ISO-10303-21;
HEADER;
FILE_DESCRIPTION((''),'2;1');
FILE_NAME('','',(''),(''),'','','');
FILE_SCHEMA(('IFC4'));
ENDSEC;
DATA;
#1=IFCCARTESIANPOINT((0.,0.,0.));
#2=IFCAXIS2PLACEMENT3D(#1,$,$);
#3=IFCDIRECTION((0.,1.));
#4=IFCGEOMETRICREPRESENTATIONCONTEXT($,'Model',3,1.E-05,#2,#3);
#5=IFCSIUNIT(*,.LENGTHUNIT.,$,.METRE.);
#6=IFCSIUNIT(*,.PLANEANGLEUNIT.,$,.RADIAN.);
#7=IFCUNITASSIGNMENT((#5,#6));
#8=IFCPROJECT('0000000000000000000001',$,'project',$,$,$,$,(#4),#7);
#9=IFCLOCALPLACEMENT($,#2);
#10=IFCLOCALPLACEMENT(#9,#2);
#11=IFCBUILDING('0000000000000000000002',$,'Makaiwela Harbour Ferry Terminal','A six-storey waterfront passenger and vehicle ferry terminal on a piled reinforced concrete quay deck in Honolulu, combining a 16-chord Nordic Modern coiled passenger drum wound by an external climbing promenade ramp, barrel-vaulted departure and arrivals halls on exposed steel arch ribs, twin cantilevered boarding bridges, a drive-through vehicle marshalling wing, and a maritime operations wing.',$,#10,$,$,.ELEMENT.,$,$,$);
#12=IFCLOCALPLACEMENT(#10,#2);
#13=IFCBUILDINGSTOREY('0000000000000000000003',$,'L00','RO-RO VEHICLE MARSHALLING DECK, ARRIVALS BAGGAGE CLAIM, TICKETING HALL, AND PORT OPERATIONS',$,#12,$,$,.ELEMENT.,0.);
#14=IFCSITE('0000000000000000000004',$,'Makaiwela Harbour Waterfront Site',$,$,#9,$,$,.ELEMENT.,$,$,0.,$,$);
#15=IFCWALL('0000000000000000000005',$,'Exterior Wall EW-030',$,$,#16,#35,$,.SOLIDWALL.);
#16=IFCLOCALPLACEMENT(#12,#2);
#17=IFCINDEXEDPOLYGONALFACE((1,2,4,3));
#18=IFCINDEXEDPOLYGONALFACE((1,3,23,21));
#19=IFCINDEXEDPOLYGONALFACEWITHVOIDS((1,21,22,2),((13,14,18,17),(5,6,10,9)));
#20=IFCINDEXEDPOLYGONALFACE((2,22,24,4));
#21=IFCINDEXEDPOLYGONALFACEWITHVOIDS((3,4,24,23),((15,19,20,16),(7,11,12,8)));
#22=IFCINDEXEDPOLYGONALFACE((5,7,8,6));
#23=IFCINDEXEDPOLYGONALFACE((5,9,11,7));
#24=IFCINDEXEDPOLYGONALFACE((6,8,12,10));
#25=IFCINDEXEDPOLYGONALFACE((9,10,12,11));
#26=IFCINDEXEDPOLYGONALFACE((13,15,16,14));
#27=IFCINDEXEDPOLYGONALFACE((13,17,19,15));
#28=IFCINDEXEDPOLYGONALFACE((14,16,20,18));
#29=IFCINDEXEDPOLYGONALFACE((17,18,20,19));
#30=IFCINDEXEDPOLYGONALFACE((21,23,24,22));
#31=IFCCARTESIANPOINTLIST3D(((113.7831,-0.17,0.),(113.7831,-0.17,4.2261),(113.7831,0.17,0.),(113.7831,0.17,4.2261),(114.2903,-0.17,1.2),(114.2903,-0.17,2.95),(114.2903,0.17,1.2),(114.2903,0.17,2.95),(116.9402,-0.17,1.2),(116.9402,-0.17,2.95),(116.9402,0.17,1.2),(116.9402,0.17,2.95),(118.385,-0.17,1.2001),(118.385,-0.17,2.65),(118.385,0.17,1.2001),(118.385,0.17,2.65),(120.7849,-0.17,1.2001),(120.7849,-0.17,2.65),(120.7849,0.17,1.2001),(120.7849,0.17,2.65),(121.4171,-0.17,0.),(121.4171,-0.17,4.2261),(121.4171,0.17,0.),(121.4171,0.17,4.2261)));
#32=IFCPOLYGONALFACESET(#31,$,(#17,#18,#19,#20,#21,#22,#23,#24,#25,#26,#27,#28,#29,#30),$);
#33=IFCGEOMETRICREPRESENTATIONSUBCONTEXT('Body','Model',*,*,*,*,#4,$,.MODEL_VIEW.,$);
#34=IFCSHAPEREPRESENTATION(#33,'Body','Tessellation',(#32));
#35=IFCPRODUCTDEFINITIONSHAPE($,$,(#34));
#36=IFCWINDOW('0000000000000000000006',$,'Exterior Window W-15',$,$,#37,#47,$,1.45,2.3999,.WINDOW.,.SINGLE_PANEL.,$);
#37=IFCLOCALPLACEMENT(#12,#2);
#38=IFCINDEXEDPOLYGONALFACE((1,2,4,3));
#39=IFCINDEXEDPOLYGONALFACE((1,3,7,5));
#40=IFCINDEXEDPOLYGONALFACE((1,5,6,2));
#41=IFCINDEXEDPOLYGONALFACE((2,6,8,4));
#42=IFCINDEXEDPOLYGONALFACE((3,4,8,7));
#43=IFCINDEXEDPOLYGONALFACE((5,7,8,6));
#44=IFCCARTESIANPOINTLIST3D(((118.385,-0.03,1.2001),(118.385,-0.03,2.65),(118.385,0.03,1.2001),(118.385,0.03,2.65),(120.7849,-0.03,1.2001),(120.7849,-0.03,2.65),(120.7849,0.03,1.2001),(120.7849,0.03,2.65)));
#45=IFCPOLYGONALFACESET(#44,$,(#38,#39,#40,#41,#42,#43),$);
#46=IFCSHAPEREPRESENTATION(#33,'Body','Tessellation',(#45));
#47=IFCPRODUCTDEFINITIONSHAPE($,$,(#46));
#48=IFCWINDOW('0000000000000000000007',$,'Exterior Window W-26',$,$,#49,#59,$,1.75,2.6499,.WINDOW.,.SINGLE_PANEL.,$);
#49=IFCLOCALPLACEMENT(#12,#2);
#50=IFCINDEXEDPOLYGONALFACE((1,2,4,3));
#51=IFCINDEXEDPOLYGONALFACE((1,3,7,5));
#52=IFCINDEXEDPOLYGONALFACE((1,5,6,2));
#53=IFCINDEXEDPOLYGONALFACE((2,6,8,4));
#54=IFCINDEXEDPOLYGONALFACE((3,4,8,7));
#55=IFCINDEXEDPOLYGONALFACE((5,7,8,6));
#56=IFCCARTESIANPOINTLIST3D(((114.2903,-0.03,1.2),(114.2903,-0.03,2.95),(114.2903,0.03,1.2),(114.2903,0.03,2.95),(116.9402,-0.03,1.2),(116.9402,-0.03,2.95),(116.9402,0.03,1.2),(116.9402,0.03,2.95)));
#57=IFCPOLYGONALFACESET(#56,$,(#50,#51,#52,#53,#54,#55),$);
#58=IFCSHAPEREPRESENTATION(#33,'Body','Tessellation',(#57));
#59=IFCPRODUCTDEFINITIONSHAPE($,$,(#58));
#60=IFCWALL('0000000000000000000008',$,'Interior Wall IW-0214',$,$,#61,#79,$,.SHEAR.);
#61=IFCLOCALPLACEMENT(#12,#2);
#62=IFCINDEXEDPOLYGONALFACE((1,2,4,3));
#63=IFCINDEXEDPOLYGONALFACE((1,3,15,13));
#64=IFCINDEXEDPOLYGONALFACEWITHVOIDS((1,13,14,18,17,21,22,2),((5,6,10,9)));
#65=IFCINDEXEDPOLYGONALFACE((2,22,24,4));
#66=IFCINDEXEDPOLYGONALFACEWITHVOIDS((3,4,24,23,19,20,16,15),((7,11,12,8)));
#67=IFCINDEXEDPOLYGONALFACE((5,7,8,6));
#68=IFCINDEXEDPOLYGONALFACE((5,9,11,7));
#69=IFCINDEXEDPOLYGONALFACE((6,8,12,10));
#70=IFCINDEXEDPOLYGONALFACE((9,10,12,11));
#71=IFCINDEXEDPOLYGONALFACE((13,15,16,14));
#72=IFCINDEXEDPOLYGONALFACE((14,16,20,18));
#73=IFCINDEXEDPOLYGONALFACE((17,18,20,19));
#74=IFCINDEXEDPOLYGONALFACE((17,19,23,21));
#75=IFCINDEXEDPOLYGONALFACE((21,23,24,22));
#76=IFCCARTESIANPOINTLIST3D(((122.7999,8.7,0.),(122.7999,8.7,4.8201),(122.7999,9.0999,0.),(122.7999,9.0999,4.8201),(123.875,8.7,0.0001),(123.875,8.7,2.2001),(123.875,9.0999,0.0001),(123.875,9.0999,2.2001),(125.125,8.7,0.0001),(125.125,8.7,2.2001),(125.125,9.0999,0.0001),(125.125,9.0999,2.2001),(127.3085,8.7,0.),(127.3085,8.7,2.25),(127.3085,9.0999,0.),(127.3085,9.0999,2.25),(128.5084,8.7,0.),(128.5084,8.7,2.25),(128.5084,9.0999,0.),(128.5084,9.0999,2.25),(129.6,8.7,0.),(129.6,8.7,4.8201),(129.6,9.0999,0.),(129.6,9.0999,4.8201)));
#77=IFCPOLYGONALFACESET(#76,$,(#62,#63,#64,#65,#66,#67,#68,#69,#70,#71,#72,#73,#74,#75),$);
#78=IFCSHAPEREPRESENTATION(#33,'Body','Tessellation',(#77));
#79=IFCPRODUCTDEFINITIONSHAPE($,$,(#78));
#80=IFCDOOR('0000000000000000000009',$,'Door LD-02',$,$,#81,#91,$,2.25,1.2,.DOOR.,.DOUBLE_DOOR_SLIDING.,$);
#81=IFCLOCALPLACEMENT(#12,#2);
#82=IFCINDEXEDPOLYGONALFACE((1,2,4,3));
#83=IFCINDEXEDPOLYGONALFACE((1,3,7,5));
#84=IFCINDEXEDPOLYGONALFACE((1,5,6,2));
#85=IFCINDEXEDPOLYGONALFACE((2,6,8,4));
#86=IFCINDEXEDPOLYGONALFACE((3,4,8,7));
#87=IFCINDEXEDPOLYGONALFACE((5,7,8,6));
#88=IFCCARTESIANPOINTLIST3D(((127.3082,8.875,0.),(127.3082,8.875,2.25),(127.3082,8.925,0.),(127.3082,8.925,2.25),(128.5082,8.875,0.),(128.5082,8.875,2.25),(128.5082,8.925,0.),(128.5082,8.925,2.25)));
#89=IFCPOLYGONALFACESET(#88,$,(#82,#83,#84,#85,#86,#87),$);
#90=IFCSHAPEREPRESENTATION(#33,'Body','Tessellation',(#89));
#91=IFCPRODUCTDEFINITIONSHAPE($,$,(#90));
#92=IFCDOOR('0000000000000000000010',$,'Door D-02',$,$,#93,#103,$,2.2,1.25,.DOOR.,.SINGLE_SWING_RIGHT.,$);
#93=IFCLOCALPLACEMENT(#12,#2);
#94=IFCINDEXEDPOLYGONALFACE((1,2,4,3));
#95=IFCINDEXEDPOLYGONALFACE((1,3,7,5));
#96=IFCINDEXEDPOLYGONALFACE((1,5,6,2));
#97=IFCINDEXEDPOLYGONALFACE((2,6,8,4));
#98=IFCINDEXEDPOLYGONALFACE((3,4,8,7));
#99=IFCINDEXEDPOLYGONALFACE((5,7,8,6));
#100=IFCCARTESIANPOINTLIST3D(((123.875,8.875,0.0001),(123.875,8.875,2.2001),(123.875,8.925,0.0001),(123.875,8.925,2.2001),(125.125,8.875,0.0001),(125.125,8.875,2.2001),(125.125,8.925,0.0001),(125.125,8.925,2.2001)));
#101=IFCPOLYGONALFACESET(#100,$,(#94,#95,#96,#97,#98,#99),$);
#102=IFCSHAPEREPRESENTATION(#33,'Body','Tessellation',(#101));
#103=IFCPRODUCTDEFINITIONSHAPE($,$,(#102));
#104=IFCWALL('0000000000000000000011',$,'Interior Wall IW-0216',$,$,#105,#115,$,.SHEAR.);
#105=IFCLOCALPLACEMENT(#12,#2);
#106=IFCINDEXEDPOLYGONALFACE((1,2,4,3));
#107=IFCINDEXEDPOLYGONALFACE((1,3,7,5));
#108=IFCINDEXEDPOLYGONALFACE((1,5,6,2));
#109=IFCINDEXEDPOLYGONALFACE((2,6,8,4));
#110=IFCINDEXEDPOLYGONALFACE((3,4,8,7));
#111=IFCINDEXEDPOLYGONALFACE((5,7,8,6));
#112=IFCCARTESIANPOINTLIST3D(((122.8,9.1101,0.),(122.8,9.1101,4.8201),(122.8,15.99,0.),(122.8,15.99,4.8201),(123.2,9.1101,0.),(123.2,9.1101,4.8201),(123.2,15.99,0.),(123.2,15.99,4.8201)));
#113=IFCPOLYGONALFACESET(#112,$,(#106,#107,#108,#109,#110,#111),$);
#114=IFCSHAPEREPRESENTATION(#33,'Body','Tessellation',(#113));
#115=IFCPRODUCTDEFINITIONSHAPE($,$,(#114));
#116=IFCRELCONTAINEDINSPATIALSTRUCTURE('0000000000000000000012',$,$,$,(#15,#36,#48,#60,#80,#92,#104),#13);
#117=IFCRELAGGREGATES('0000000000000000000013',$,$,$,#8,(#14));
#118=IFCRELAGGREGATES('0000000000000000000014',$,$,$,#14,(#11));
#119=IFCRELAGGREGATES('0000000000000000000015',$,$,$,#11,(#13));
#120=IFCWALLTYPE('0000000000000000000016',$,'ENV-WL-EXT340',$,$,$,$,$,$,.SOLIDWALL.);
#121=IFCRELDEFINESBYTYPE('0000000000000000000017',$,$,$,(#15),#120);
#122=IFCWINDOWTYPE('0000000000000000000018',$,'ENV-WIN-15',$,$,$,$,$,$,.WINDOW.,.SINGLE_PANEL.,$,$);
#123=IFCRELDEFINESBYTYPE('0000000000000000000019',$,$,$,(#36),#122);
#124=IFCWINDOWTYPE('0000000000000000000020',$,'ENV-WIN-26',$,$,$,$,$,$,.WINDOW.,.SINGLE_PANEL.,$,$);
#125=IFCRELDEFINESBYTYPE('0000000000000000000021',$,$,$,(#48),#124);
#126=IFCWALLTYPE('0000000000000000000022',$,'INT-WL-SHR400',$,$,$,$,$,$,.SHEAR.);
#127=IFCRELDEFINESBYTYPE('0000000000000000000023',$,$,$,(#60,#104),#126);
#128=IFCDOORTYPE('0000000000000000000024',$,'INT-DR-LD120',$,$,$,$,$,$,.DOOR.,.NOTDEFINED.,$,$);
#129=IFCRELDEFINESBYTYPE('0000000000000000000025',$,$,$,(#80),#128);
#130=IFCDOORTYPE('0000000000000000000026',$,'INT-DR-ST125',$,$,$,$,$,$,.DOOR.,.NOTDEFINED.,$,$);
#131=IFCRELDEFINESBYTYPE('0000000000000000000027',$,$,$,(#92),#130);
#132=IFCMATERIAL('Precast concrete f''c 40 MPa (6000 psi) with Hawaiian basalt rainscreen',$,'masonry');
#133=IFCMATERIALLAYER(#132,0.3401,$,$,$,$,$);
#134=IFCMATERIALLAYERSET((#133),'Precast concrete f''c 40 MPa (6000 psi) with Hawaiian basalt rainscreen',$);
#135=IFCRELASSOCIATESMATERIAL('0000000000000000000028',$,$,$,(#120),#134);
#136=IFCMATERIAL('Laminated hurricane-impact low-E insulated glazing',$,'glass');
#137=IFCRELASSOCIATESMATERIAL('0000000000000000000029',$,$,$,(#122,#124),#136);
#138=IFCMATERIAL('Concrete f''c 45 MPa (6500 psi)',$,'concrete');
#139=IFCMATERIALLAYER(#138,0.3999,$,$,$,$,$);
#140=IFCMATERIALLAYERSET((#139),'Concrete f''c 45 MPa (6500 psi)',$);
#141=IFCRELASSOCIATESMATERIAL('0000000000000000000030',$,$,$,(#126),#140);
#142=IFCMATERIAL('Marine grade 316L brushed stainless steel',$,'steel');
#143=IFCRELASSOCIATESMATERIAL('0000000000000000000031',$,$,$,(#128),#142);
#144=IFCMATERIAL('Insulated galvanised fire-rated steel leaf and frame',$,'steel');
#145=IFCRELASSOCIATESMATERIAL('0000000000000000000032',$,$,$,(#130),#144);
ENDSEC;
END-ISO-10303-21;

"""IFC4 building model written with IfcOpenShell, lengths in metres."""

from ifc_helpers import new_model, si_unit, direction, frame, frame_2d, origin, place, context, subcontext, project, spatial, rectangle, extrude, material, layer, layer_set, type_object, element, fill, save


model = new_model("IFC4")

# Units and contexts
model_context = context("Model", 3, precision=1e-05, world=origin(), true_north=direction((0.0, 1.0)))
body_context = subcontext(model_context, "Body", "Model", "MODEL_VIEW")
ifc_project = project(units=[si_unit("LENGTHUNIT", "METRE"), si_unit("PLANEANGLEUNIT", "RADIAN")], contexts=[model_context])

# Site, building, storey
site_placement = place(None, origin())
site = spatial("IfcSite", under=ifc_project, at=site_placement, Name="Makaiwela Harbour Waterfront Site", CompositionType="ELEMENT", RefElevation=0.0)
building_placement = place(site_placement, origin())
building = spatial("IfcBuilding", under=site, at=building_placement, Name="Makaiwela Harbour Ferry Terminal", Description="A six-storey waterfront passenger and vehicle ferry terminal on a piled reinforced concrete quay deck in Honolulu, combining a 16-chord Nordic Modern coiled passenger drum wound by an external climbing promenade ramp, barrel-vaulted departure and arrivals halls on exposed steel arch ribs, twin cantilevered boarding bridges, a drive-through vehicle marshalling wing, and a maritime operations wing.", CompositionType="ELEMENT")
storey_placement = place(building_placement, origin())
storey = spatial("IfcBuildingStorey", under=building, at=storey_placement, Name="L00", Description="RO-RO VEHICLE MARSHALLING DECK, ARRIVALS BAGGAGE CLAIM, TICKETING HALL, AND PORT OPERATIONS", CompositionType="ELEMENT", Elevation=0.0)

# Shared definitions
ifc_material_1 = material(Name="Concrete f'c 45 MPa (6500 psi)", Category="concrete")

# Wall, openings, windows
ifc_material_2 = material(Name="Precast concrete f'c 40 MPa (6000 psi) with Hawaiian basalt rainscreen", Category="masonry")
ifc_layer_1 = layer(ifc_material_2, 0.3401)
ifc_layer_set_1 = layer_set([ifc_layer_1], Name="Precast concrete f'c 40 MPa (6000 psi) with Hawaiian basalt rainscreen")
wall_type_1 = type_object("IfcWallType", Name="ENV-WL-EXT340", PredefinedType="SOLIDWALL", material=ifc_layer_set_1)
ifc_material_3 = material(Name="Laminated hurricane-impact low-E insulated glazing", Category="glass")
wall_1_placement = place(storey_placement, frame((121.417, 0.0, 0.0), z_axis=(0.0, 0.0, 1.0), x_axis=(-1.0, 0.0, 0.0)))
wall_1 = element("IfcWall", 1, at=wall_1_placement, inside=storey, type_object=wall_type_1, Name="Exterior Wall EW-030", PredefinedType="SOLIDWALL", context=body_context, shape_type="SweptSolid", body=[
    extrude(rectangle(XDim=7.634, YDim=0.3401, at=frame_2d((3.8169, 0.0))), origin(), (0.0, 0.0, 1.0), 4.2261),
])
opening_1_placement = place(wall_1_placement, frame((0.6321, 0.0, 1.2)))
opening_1 = element("IfcOpeningElement", 2, at=opening_1_placement, cuts=wall_1, PredefinedType="OPENING", context=body_context, shape_type="SweptSolid", body=[
    extrude(rectangle(XDim=2.3999, YDim=1.45, at=frame_2d((1.2, 0.7251))), frame((0.0, 0.1799, 0.0), z_axis=(0.0, -1.0, 0.0), x_axis=(1.0, 0.0, 0.0)), (0.0, 0.0, 1.0), 0.3601),
])
opening_2_placement = place(wall_1_placement, frame((4.4768, 0.0, 1.2)))
opening_2 = element("IfcOpeningElement", 3, at=opening_2_placement, cuts=wall_1, PredefinedType="OPENING", context=body_context, shape_type="SweptSolid", body=[
    extrude(rectangle(XDim=2.6499, YDim=1.75, at=frame_2d((1.325, 0.875))), frame((0.0, 0.1799, 0.0), z_axis=(0.0, -1.0, 0.0), x_axis=(1.0, 0.0, 0.0)), (0.0, 0.0, 1.0), 0.3601),
])
window_type_1 = type_object("IfcWindowType", Name="ENV-WIN-15", PartitioningType="SINGLE_PANEL", PredefinedType="WINDOW", material=ifc_material_3)
window_1_placement = place(opening_1_placement, origin())
window_1 = element("IfcWindow", 4, at=window_1_placement, inside=storey, type_object=window_type_1, Name="Exterior Window W-15", OverallHeight=1.45, OverallWidth=2.3999, PartitioningType="SINGLE_PANEL", PredefinedType="WINDOW", context=body_context, shape_type="SweptSolid", body=[
    extrude(rectangle(XDim=2.3999, YDim=1.45, at=frame_2d((1.2, 0.7251))), frame((0.0, 0.03, 0.0), z_axis=(0.0, -1.0, 0.0), x_axis=(1.0, 0.0, 0.0)), (0.0, 0.0, 1.0), 0.0601),
])
fill(opening_1, window_1)
window_type_2 = type_object("IfcWindowType", Name="ENV-WIN-26", PartitioningType="SINGLE_PANEL", PredefinedType="WINDOW", material=ifc_material_3)
window_2_placement = place(opening_2_placement, origin())
window_2 = element("IfcWindow", 5, at=window_2_placement, inside=storey, type_object=window_type_2, Name="Exterior Window W-26", OverallHeight=1.75, OverallWidth=2.6499, PartitioningType="SINGLE_PANEL", PredefinedType="WINDOW", context=body_context, shape_type="SweptSolid", body=[
    extrude(rectangle(XDim=2.6499, YDim=1.75, at=frame_2d((1.325, 0.875))), frame((0.0, 0.03, 0.0), z_axis=(0.0, -1.0, 0.0), x_axis=(1.0, 0.0, 0.0)), (0.0, 0.0, 1.0), 0.0601),
])
fill(opening_2, window_2)

# Wall, openings, doors
ifc_layer_2 = layer(ifc_material_1, 0.3999)
ifc_layer_set_2 = layer_set([ifc_layer_2], Name="Concrete f'c 45 MPa (6500 psi)")
wall_type_2 = type_object("IfcWallType", Name="INT-WL-SHR400", PredefinedType="SHEAR", material=ifc_layer_set_2)
wall_2_placement = place(storey_placement, frame((122.8, 8.8999, 0.0), z_axis=(0.0, 0.0, 1.0), x_axis=(1.0, 0.0, 0.0)))
wall_2 = element("IfcWall", 6, at=wall_2_placement, inside=storey, type_object=wall_type_2, Name="Interior Wall IW-0214", PredefinedType="SHEAR", context=body_context, shape_type="SweptSolid", body=[
    extrude(rectangle(XDim=6.8, YDim=0.3999, at=frame_2d((3.3999, 0.0))), origin(), (0.0, 0.0, 1.0), 4.8201),
])
opening_3_placement = place(wall_2_placement, frame((1.075, 0.0, 0.0)))
opening_3 = element("IfcOpeningElement", 7, at=opening_3_placement, cuts=wall_2, PredefinedType="OPENING", context=body_context, shape_type="SweptSolid", body=[
    extrude(rectangle(XDim=1.25, YDim=2.2, at=frame_2d((0.625, 1.1001))), frame((0.0, 0.21, 0.0), z_axis=(0.0, -1.0, 0.0), x_axis=(1.0, 0.0, 0.0)), (0.0, 0.0, 1.0), 0.4199),
])
opening_4_placement = place(wall_2_placement, frame((4.5083, 0.0, 0.0)))
opening_4 = element("IfcOpeningElement", 8, at=opening_4_placement, cuts=wall_2, PredefinedType="OPENING", context=body_context, shape_type="SweptSolid", body=[
    extrude(rectangle(XDim=1.2, YDim=2.25, at=frame_2d((0.6001, 1.125))), frame((0.0, 0.21, 0.0), z_axis=(0.0, -1.0, 0.0), x_axis=(1.0, 0.0, 0.0)), (0.0, 0.0, 1.0), 0.4199),
])
ifc_material_4 = material(Name="Marine grade 316L brushed stainless steel", Category="steel")
door_type_1 = type_object("IfcDoorType", Name="INT-DR-LD120", OperationType="NOTDEFINED", PredefinedType="DOOR", material=ifc_material_4)
door_1_placement = place(opening_4_placement, frame((1.2, 0.0, 0.0), z_axis=(0.0, 0.0, 1.0), x_axis=(-1.0, 0.0, 0.0)))
door_1 = element("IfcDoor", 9, at=door_1_placement, inside=storey, type_object=door_type_1, Name="Door LD-02", OperationType="DOUBLE_DOOR_SLIDING", OverallHeight=2.25, OverallWidth=1.2, PredefinedType="DOOR", context=body_context, shape_type="SweptSolid", body=[
    extrude(rectangle(XDim=1.2, YDim=2.25, at=frame_2d((0.6001, 1.125))), frame((0.0, 0.0249, 0.0), z_axis=(0.0, -1.0, 0.0), x_axis=(1.0, 0.0, 0.0)), (0.0, 0.0, 1.0), 0.05),
])
fill(opening_4, door_1)
ifc_material_5 = material(Name="Insulated galvanised fire-rated steel leaf and frame", Category="steel")
door_type_2 = type_object("IfcDoorType", Name="INT-DR-ST125", OperationType="NOTDEFINED", PredefinedType="DOOR", material=ifc_material_5)
door_2_placement = place(opening_3_placement, frame((1.25, 0.0, 0.0), z_axis=(0.0, 0.0, 1.0), x_axis=(-1.0, 0.0, 0.0)))
door_2 = element("IfcDoor", 10, at=door_2_placement, inside=storey, type_object=door_type_2, Name="Door D-02", OperationType="SINGLE_SWING_RIGHT", OverallHeight=2.2, OverallWidth=1.25, PredefinedType="DOOR", context=body_context, shape_type="SweptSolid", body=[
    extrude(rectangle(XDim=1.25, YDim=2.2, at=frame_2d((0.625, 1.1001))), frame((0.0, 0.0249, 0.0), z_axis=(0.0, -1.0, 0.0), x_axis=(1.0, 0.0, 0.0)), (0.0, 0.0, 1.0), 0.05),
])
fill(opening_3, door_2)

# Wall
wall_3_placement = place(storey_placement, frame((123.0, 9.1101, 0.0), z_axis=(0.0, 0.0, 1.0), x_axis=(0.0, 1.0, 0.0)))
element("IfcWall", 11, at=wall_3_placement, inside=storey, type_object=wall_type_2, Name="Interior Wall IW-0216", PredefinedType="SHEAR", context=body_context, shape_type="SweptSolid", body=[
    extrude(rectangle(XDim=6.8799, YDim=0.3999, at=frame_2d((3.4399, 0.0))), origin(), (0.0, 0.0, 1.0), 4.8201),
])

save(model, "model.ifc")
